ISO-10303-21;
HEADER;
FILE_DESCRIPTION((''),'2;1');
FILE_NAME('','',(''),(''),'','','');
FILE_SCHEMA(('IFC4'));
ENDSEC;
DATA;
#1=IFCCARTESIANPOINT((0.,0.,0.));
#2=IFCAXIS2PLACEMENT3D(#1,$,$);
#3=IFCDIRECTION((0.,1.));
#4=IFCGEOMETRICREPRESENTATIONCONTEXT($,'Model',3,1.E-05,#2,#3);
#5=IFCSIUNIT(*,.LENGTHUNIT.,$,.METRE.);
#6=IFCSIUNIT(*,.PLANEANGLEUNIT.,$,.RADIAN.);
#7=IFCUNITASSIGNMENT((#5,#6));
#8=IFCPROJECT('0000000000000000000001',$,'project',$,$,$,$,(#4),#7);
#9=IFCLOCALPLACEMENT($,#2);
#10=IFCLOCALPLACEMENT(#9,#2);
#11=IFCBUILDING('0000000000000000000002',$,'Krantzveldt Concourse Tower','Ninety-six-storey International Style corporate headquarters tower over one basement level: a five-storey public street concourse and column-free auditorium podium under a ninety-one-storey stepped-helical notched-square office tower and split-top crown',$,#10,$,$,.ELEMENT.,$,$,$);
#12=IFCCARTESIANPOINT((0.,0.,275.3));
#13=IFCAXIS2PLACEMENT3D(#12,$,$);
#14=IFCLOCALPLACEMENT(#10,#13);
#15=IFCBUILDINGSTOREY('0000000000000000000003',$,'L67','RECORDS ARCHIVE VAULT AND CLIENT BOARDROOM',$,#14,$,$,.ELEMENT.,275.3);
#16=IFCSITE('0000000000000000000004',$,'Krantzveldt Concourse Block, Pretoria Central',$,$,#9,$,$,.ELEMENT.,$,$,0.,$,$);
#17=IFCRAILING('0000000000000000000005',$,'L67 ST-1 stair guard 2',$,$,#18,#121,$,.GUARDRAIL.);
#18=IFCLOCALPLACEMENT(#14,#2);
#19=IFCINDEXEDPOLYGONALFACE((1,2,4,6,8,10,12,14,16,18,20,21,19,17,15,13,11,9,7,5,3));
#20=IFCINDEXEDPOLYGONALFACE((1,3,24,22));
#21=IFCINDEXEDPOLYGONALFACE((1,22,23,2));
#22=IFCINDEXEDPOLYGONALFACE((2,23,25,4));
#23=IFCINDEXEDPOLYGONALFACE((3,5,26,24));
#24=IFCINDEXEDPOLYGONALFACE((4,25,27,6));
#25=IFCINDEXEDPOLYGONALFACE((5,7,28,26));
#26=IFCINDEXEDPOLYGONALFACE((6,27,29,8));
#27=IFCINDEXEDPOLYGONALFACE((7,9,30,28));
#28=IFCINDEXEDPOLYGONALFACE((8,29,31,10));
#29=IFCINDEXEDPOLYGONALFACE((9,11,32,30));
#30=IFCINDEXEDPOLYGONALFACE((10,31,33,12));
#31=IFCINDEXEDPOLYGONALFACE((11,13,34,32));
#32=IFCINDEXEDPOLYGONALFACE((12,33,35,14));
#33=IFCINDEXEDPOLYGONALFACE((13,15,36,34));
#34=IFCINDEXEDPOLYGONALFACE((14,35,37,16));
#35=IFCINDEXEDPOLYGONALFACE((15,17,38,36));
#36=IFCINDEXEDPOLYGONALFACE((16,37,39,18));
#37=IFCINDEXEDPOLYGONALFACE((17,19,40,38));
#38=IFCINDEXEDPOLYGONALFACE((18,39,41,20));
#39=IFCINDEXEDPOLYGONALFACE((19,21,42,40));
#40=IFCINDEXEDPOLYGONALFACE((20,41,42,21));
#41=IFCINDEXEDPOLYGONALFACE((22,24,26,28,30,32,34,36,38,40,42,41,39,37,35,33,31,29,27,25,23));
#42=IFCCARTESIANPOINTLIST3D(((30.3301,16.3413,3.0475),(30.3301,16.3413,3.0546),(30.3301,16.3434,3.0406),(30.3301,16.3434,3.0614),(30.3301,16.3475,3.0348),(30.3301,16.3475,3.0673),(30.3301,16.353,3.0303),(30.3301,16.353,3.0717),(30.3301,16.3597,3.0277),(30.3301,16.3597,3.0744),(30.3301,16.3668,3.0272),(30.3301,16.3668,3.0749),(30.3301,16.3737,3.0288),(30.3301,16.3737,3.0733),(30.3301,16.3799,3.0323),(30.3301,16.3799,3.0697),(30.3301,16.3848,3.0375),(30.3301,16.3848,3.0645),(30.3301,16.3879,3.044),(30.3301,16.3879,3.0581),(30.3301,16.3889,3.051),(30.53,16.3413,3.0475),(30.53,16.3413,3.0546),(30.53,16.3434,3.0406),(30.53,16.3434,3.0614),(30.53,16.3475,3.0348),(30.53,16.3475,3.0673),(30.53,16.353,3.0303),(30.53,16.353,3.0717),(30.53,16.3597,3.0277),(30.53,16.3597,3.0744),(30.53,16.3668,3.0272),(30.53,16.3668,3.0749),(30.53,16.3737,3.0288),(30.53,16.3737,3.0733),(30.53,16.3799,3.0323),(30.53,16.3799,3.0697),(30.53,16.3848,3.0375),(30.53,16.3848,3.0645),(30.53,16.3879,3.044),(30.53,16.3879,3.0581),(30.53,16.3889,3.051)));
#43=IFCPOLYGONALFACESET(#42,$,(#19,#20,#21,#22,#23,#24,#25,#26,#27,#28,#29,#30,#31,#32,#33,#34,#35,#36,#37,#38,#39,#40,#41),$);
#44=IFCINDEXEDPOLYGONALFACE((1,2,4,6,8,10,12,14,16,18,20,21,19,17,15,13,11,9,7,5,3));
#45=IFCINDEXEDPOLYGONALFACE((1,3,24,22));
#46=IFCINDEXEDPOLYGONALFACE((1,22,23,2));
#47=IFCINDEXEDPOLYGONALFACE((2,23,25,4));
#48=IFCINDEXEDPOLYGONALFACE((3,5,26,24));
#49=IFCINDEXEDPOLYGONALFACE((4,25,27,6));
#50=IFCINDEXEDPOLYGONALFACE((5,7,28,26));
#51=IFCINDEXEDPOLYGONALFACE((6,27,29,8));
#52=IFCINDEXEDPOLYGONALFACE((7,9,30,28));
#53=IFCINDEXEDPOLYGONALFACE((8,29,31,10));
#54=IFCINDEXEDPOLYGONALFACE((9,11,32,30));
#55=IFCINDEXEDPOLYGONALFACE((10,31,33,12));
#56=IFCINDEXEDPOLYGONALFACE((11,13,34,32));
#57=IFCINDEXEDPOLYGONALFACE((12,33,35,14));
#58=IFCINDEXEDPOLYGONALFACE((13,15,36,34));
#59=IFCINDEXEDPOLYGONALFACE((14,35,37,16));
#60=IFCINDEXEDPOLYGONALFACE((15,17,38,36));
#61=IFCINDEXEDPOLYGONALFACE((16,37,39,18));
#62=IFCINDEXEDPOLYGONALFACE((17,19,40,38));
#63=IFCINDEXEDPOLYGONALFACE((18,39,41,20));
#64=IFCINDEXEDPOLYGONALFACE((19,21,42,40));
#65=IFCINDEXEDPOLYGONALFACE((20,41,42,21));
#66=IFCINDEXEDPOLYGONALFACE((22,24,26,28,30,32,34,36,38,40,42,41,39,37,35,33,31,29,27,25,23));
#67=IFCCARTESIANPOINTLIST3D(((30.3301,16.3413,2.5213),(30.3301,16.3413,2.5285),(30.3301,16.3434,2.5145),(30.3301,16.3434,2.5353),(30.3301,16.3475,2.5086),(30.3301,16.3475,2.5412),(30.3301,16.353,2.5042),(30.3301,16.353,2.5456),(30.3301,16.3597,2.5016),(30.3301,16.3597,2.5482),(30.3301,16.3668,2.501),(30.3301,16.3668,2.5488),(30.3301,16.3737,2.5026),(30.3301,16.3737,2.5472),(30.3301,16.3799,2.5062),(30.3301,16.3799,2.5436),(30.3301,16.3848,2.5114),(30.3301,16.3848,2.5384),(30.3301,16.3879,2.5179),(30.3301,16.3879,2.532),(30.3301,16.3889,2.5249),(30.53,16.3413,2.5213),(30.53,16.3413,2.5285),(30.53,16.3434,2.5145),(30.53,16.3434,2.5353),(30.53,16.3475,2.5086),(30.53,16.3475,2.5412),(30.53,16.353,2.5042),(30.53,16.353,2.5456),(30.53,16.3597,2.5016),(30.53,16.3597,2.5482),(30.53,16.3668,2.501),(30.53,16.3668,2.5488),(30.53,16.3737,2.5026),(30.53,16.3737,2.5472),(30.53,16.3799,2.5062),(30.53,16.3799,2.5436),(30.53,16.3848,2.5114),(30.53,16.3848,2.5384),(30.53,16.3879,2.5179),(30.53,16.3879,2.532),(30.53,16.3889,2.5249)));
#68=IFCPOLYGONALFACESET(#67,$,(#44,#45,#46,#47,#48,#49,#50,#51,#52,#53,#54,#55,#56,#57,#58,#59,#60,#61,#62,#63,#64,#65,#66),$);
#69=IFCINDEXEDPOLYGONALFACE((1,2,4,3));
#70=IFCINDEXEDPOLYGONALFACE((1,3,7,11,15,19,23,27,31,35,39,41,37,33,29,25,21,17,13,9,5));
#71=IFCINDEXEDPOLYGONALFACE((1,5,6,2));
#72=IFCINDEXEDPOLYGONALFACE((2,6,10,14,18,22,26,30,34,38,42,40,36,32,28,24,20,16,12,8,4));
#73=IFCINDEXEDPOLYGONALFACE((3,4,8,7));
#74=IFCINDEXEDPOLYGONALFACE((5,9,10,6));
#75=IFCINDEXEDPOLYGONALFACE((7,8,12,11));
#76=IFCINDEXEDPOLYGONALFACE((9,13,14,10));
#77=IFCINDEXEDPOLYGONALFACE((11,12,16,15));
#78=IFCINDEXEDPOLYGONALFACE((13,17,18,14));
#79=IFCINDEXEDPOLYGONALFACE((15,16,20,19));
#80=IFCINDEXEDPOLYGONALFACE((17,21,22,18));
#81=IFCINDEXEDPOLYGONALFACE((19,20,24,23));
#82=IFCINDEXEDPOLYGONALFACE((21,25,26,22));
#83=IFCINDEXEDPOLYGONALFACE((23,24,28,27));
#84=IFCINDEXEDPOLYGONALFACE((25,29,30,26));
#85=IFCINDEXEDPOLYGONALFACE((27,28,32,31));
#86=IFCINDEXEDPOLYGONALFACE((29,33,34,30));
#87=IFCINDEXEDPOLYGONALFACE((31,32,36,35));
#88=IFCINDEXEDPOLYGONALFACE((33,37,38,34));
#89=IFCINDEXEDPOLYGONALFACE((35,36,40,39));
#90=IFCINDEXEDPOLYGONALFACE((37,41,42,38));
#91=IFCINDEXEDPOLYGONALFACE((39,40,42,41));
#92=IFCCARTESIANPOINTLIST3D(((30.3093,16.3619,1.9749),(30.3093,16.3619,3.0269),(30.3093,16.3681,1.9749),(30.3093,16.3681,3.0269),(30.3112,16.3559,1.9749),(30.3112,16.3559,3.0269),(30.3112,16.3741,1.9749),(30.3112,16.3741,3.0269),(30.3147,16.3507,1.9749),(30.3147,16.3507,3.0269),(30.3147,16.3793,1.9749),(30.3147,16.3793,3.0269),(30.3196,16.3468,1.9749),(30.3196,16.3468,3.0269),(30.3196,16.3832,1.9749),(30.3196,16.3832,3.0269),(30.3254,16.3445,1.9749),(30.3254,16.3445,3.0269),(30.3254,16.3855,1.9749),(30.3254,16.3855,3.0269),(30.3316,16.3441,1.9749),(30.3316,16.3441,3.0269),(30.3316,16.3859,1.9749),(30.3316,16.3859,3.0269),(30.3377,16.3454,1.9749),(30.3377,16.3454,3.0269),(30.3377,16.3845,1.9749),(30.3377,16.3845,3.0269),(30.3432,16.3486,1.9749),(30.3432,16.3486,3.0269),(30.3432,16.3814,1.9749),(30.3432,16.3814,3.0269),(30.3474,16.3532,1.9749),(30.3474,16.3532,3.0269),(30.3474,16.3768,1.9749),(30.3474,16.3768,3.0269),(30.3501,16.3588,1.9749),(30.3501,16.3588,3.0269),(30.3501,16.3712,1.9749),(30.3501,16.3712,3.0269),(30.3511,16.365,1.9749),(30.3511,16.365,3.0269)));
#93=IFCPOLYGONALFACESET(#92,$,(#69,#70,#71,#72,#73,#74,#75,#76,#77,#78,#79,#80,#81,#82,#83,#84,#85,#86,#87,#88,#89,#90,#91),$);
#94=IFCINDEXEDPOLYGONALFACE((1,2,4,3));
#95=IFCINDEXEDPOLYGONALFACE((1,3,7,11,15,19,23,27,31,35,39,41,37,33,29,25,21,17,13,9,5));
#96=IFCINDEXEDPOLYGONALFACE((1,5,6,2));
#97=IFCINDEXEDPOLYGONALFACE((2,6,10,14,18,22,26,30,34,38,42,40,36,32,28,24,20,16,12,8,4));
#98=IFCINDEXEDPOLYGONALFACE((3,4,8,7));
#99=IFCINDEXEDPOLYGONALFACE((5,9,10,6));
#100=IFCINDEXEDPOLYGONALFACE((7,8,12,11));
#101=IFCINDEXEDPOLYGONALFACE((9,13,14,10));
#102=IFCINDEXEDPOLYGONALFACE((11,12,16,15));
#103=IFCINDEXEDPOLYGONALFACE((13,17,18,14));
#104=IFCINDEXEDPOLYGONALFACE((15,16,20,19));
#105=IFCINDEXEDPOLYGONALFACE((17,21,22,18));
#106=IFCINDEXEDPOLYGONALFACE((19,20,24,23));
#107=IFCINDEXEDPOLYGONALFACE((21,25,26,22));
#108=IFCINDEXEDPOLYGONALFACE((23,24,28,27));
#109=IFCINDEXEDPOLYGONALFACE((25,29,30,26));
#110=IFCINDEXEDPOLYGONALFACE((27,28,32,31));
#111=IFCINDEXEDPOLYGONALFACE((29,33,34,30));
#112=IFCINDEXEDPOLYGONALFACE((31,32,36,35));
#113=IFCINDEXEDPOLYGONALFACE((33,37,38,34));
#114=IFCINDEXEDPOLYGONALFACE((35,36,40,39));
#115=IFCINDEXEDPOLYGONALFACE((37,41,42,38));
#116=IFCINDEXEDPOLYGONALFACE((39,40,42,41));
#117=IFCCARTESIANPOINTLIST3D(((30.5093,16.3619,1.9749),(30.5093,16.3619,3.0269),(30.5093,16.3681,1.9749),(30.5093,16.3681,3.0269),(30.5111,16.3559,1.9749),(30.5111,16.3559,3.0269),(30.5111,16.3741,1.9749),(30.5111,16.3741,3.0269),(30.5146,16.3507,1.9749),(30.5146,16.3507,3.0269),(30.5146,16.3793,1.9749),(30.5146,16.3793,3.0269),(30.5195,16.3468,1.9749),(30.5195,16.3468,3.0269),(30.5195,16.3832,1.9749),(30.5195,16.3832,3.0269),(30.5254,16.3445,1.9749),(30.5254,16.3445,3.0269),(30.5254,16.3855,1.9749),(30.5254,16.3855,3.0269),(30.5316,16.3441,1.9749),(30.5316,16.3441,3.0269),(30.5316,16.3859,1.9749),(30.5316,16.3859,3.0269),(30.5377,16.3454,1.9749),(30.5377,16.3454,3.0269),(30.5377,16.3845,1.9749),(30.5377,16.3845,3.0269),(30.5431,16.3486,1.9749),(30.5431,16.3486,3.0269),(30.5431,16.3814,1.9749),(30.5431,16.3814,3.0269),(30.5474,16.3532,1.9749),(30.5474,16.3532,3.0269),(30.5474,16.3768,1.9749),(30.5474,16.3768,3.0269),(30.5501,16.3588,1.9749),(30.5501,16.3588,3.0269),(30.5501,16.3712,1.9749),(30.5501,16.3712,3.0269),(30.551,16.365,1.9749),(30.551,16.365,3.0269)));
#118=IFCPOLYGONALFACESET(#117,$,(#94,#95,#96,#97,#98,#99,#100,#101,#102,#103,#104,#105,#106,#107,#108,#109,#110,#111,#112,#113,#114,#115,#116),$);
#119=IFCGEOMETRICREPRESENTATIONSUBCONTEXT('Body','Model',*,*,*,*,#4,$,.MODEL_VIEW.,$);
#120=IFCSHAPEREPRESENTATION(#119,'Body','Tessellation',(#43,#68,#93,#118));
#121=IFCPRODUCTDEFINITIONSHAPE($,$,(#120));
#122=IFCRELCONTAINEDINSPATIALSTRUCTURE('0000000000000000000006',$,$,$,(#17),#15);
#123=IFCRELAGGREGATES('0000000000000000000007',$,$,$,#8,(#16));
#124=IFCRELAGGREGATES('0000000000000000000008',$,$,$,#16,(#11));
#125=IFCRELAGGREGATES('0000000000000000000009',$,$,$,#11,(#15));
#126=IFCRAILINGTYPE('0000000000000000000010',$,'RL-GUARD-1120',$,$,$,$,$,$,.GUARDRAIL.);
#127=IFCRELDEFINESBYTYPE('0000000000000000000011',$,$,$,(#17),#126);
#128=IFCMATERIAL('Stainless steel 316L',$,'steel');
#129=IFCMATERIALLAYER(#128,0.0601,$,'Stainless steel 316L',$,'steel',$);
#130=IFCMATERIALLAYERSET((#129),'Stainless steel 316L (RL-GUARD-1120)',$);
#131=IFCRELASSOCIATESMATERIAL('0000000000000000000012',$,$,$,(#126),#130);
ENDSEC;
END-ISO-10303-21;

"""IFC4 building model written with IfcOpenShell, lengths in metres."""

from ifc_helpers import new_model, si_unit, direction, frame, origin, origin_2d, place, context, subcontext, project, spatial, circle, extrude, material, layer, layer_set, type_object, element, save


model = new_model("IFC4")

# Units and contexts
model_context = context("Model", 3, precision=1e-05, world=origin(), true_north=direction((0.0, 1.0)))
body_context = subcontext(model_context, "Body", "Model", "MODEL_VIEW")
ifc_project = project(units=[si_unit("LENGTHUNIT", "METRE"), si_unit("PLANEANGLEUNIT", "RADIAN")], contexts=[model_context])

# Site, building, storey
site_placement = place(None, origin())
site = spatial("IfcSite", under=ifc_project, at=site_placement, Name="Krantzveldt Concourse Block, Pretoria Central", CompositionType="ELEMENT", RefElevation=0.0)
building_placement = place(site_placement, origin())
building = spatial("IfcBuilding", under=site, at=building_placement, Name="Krantzveldt Concourse Tower", Description="Ninety-six-storey International Style corporate headquarters tower over one basement level: a five-storey public street concourse and column-free auditorium podium under a ninety-one-storey stepped-helical notched-square office tower and split-top crown", CompositionType="ELEMENT")
storey_placement = place(building_placement, frame((0.0, 0.0, 275.3)))
storey = spatial("IfcBuildingStorey", under=building, at=storey_placement, Name="L67", Description="RECORDS ARCHIVE VAULT AND CLIENT BOARDROOM", CompositionType="ELEMENT", Elevation=275.3)

# Railing
ifc_material_1 = material(Name="Stainless steel 316L", Category="steel")
ifc_layer_1 = layer(ifc_material_1, 0.0601, Name="Stainless steel 316L", Category="steel")
ifc_layer_set_1 = layer_set([ifc_layer_1], Name="Stainless steel 316L (RL-GUARD-1120)")
railing_type_1 = type_object("IfcRailingType", Name="RL-GUARD-1120", PredefinedType="GUARDRAIL", material=ifc_layer_set_1)
railing_1_placement = place(storey_placement, frame((30.3301, 16.365, 1.9749)))
element("IfcRailing", 1, at=railing_1_placement, inside=storey, type_object=railing_type_1, Name="L67 ST-1 stair guard 2", PredefinedType="GUARDRAIL", context=body_context, shape_type="SweptSolid", body=[
    extrude(circle(Radius=0.0239, at=origin_2d()), frame((0.0, 0.0, 1.0762), z_axis=(1.0, 0.0, 0.0), x_axis=(0.0, 1.0, 0.0)), (0.0, 0.0, 1.0), 0.2),
    extrude(circle(Radius=0.0239, at=origin_2d()), frame((0.0, 0.0, 0.55), z_axis=(1.0, 0.0, 0.0), x_axis=(0.0, 1.0, 0.0)), (0.0, 0.0, 1.0), 0.2),
    extrude(circle(Radius=0.021, at=origin_2d()), origin(), (0.0, 0.0, 1.0), 1.052),
    extrude(circle(Radius=0.021, at=origin_2d()), frame((0.2, 0.0, 0.0)), (0.0, 0.0, 1.0), 1.052),
])

save(model, "model.ifc")
